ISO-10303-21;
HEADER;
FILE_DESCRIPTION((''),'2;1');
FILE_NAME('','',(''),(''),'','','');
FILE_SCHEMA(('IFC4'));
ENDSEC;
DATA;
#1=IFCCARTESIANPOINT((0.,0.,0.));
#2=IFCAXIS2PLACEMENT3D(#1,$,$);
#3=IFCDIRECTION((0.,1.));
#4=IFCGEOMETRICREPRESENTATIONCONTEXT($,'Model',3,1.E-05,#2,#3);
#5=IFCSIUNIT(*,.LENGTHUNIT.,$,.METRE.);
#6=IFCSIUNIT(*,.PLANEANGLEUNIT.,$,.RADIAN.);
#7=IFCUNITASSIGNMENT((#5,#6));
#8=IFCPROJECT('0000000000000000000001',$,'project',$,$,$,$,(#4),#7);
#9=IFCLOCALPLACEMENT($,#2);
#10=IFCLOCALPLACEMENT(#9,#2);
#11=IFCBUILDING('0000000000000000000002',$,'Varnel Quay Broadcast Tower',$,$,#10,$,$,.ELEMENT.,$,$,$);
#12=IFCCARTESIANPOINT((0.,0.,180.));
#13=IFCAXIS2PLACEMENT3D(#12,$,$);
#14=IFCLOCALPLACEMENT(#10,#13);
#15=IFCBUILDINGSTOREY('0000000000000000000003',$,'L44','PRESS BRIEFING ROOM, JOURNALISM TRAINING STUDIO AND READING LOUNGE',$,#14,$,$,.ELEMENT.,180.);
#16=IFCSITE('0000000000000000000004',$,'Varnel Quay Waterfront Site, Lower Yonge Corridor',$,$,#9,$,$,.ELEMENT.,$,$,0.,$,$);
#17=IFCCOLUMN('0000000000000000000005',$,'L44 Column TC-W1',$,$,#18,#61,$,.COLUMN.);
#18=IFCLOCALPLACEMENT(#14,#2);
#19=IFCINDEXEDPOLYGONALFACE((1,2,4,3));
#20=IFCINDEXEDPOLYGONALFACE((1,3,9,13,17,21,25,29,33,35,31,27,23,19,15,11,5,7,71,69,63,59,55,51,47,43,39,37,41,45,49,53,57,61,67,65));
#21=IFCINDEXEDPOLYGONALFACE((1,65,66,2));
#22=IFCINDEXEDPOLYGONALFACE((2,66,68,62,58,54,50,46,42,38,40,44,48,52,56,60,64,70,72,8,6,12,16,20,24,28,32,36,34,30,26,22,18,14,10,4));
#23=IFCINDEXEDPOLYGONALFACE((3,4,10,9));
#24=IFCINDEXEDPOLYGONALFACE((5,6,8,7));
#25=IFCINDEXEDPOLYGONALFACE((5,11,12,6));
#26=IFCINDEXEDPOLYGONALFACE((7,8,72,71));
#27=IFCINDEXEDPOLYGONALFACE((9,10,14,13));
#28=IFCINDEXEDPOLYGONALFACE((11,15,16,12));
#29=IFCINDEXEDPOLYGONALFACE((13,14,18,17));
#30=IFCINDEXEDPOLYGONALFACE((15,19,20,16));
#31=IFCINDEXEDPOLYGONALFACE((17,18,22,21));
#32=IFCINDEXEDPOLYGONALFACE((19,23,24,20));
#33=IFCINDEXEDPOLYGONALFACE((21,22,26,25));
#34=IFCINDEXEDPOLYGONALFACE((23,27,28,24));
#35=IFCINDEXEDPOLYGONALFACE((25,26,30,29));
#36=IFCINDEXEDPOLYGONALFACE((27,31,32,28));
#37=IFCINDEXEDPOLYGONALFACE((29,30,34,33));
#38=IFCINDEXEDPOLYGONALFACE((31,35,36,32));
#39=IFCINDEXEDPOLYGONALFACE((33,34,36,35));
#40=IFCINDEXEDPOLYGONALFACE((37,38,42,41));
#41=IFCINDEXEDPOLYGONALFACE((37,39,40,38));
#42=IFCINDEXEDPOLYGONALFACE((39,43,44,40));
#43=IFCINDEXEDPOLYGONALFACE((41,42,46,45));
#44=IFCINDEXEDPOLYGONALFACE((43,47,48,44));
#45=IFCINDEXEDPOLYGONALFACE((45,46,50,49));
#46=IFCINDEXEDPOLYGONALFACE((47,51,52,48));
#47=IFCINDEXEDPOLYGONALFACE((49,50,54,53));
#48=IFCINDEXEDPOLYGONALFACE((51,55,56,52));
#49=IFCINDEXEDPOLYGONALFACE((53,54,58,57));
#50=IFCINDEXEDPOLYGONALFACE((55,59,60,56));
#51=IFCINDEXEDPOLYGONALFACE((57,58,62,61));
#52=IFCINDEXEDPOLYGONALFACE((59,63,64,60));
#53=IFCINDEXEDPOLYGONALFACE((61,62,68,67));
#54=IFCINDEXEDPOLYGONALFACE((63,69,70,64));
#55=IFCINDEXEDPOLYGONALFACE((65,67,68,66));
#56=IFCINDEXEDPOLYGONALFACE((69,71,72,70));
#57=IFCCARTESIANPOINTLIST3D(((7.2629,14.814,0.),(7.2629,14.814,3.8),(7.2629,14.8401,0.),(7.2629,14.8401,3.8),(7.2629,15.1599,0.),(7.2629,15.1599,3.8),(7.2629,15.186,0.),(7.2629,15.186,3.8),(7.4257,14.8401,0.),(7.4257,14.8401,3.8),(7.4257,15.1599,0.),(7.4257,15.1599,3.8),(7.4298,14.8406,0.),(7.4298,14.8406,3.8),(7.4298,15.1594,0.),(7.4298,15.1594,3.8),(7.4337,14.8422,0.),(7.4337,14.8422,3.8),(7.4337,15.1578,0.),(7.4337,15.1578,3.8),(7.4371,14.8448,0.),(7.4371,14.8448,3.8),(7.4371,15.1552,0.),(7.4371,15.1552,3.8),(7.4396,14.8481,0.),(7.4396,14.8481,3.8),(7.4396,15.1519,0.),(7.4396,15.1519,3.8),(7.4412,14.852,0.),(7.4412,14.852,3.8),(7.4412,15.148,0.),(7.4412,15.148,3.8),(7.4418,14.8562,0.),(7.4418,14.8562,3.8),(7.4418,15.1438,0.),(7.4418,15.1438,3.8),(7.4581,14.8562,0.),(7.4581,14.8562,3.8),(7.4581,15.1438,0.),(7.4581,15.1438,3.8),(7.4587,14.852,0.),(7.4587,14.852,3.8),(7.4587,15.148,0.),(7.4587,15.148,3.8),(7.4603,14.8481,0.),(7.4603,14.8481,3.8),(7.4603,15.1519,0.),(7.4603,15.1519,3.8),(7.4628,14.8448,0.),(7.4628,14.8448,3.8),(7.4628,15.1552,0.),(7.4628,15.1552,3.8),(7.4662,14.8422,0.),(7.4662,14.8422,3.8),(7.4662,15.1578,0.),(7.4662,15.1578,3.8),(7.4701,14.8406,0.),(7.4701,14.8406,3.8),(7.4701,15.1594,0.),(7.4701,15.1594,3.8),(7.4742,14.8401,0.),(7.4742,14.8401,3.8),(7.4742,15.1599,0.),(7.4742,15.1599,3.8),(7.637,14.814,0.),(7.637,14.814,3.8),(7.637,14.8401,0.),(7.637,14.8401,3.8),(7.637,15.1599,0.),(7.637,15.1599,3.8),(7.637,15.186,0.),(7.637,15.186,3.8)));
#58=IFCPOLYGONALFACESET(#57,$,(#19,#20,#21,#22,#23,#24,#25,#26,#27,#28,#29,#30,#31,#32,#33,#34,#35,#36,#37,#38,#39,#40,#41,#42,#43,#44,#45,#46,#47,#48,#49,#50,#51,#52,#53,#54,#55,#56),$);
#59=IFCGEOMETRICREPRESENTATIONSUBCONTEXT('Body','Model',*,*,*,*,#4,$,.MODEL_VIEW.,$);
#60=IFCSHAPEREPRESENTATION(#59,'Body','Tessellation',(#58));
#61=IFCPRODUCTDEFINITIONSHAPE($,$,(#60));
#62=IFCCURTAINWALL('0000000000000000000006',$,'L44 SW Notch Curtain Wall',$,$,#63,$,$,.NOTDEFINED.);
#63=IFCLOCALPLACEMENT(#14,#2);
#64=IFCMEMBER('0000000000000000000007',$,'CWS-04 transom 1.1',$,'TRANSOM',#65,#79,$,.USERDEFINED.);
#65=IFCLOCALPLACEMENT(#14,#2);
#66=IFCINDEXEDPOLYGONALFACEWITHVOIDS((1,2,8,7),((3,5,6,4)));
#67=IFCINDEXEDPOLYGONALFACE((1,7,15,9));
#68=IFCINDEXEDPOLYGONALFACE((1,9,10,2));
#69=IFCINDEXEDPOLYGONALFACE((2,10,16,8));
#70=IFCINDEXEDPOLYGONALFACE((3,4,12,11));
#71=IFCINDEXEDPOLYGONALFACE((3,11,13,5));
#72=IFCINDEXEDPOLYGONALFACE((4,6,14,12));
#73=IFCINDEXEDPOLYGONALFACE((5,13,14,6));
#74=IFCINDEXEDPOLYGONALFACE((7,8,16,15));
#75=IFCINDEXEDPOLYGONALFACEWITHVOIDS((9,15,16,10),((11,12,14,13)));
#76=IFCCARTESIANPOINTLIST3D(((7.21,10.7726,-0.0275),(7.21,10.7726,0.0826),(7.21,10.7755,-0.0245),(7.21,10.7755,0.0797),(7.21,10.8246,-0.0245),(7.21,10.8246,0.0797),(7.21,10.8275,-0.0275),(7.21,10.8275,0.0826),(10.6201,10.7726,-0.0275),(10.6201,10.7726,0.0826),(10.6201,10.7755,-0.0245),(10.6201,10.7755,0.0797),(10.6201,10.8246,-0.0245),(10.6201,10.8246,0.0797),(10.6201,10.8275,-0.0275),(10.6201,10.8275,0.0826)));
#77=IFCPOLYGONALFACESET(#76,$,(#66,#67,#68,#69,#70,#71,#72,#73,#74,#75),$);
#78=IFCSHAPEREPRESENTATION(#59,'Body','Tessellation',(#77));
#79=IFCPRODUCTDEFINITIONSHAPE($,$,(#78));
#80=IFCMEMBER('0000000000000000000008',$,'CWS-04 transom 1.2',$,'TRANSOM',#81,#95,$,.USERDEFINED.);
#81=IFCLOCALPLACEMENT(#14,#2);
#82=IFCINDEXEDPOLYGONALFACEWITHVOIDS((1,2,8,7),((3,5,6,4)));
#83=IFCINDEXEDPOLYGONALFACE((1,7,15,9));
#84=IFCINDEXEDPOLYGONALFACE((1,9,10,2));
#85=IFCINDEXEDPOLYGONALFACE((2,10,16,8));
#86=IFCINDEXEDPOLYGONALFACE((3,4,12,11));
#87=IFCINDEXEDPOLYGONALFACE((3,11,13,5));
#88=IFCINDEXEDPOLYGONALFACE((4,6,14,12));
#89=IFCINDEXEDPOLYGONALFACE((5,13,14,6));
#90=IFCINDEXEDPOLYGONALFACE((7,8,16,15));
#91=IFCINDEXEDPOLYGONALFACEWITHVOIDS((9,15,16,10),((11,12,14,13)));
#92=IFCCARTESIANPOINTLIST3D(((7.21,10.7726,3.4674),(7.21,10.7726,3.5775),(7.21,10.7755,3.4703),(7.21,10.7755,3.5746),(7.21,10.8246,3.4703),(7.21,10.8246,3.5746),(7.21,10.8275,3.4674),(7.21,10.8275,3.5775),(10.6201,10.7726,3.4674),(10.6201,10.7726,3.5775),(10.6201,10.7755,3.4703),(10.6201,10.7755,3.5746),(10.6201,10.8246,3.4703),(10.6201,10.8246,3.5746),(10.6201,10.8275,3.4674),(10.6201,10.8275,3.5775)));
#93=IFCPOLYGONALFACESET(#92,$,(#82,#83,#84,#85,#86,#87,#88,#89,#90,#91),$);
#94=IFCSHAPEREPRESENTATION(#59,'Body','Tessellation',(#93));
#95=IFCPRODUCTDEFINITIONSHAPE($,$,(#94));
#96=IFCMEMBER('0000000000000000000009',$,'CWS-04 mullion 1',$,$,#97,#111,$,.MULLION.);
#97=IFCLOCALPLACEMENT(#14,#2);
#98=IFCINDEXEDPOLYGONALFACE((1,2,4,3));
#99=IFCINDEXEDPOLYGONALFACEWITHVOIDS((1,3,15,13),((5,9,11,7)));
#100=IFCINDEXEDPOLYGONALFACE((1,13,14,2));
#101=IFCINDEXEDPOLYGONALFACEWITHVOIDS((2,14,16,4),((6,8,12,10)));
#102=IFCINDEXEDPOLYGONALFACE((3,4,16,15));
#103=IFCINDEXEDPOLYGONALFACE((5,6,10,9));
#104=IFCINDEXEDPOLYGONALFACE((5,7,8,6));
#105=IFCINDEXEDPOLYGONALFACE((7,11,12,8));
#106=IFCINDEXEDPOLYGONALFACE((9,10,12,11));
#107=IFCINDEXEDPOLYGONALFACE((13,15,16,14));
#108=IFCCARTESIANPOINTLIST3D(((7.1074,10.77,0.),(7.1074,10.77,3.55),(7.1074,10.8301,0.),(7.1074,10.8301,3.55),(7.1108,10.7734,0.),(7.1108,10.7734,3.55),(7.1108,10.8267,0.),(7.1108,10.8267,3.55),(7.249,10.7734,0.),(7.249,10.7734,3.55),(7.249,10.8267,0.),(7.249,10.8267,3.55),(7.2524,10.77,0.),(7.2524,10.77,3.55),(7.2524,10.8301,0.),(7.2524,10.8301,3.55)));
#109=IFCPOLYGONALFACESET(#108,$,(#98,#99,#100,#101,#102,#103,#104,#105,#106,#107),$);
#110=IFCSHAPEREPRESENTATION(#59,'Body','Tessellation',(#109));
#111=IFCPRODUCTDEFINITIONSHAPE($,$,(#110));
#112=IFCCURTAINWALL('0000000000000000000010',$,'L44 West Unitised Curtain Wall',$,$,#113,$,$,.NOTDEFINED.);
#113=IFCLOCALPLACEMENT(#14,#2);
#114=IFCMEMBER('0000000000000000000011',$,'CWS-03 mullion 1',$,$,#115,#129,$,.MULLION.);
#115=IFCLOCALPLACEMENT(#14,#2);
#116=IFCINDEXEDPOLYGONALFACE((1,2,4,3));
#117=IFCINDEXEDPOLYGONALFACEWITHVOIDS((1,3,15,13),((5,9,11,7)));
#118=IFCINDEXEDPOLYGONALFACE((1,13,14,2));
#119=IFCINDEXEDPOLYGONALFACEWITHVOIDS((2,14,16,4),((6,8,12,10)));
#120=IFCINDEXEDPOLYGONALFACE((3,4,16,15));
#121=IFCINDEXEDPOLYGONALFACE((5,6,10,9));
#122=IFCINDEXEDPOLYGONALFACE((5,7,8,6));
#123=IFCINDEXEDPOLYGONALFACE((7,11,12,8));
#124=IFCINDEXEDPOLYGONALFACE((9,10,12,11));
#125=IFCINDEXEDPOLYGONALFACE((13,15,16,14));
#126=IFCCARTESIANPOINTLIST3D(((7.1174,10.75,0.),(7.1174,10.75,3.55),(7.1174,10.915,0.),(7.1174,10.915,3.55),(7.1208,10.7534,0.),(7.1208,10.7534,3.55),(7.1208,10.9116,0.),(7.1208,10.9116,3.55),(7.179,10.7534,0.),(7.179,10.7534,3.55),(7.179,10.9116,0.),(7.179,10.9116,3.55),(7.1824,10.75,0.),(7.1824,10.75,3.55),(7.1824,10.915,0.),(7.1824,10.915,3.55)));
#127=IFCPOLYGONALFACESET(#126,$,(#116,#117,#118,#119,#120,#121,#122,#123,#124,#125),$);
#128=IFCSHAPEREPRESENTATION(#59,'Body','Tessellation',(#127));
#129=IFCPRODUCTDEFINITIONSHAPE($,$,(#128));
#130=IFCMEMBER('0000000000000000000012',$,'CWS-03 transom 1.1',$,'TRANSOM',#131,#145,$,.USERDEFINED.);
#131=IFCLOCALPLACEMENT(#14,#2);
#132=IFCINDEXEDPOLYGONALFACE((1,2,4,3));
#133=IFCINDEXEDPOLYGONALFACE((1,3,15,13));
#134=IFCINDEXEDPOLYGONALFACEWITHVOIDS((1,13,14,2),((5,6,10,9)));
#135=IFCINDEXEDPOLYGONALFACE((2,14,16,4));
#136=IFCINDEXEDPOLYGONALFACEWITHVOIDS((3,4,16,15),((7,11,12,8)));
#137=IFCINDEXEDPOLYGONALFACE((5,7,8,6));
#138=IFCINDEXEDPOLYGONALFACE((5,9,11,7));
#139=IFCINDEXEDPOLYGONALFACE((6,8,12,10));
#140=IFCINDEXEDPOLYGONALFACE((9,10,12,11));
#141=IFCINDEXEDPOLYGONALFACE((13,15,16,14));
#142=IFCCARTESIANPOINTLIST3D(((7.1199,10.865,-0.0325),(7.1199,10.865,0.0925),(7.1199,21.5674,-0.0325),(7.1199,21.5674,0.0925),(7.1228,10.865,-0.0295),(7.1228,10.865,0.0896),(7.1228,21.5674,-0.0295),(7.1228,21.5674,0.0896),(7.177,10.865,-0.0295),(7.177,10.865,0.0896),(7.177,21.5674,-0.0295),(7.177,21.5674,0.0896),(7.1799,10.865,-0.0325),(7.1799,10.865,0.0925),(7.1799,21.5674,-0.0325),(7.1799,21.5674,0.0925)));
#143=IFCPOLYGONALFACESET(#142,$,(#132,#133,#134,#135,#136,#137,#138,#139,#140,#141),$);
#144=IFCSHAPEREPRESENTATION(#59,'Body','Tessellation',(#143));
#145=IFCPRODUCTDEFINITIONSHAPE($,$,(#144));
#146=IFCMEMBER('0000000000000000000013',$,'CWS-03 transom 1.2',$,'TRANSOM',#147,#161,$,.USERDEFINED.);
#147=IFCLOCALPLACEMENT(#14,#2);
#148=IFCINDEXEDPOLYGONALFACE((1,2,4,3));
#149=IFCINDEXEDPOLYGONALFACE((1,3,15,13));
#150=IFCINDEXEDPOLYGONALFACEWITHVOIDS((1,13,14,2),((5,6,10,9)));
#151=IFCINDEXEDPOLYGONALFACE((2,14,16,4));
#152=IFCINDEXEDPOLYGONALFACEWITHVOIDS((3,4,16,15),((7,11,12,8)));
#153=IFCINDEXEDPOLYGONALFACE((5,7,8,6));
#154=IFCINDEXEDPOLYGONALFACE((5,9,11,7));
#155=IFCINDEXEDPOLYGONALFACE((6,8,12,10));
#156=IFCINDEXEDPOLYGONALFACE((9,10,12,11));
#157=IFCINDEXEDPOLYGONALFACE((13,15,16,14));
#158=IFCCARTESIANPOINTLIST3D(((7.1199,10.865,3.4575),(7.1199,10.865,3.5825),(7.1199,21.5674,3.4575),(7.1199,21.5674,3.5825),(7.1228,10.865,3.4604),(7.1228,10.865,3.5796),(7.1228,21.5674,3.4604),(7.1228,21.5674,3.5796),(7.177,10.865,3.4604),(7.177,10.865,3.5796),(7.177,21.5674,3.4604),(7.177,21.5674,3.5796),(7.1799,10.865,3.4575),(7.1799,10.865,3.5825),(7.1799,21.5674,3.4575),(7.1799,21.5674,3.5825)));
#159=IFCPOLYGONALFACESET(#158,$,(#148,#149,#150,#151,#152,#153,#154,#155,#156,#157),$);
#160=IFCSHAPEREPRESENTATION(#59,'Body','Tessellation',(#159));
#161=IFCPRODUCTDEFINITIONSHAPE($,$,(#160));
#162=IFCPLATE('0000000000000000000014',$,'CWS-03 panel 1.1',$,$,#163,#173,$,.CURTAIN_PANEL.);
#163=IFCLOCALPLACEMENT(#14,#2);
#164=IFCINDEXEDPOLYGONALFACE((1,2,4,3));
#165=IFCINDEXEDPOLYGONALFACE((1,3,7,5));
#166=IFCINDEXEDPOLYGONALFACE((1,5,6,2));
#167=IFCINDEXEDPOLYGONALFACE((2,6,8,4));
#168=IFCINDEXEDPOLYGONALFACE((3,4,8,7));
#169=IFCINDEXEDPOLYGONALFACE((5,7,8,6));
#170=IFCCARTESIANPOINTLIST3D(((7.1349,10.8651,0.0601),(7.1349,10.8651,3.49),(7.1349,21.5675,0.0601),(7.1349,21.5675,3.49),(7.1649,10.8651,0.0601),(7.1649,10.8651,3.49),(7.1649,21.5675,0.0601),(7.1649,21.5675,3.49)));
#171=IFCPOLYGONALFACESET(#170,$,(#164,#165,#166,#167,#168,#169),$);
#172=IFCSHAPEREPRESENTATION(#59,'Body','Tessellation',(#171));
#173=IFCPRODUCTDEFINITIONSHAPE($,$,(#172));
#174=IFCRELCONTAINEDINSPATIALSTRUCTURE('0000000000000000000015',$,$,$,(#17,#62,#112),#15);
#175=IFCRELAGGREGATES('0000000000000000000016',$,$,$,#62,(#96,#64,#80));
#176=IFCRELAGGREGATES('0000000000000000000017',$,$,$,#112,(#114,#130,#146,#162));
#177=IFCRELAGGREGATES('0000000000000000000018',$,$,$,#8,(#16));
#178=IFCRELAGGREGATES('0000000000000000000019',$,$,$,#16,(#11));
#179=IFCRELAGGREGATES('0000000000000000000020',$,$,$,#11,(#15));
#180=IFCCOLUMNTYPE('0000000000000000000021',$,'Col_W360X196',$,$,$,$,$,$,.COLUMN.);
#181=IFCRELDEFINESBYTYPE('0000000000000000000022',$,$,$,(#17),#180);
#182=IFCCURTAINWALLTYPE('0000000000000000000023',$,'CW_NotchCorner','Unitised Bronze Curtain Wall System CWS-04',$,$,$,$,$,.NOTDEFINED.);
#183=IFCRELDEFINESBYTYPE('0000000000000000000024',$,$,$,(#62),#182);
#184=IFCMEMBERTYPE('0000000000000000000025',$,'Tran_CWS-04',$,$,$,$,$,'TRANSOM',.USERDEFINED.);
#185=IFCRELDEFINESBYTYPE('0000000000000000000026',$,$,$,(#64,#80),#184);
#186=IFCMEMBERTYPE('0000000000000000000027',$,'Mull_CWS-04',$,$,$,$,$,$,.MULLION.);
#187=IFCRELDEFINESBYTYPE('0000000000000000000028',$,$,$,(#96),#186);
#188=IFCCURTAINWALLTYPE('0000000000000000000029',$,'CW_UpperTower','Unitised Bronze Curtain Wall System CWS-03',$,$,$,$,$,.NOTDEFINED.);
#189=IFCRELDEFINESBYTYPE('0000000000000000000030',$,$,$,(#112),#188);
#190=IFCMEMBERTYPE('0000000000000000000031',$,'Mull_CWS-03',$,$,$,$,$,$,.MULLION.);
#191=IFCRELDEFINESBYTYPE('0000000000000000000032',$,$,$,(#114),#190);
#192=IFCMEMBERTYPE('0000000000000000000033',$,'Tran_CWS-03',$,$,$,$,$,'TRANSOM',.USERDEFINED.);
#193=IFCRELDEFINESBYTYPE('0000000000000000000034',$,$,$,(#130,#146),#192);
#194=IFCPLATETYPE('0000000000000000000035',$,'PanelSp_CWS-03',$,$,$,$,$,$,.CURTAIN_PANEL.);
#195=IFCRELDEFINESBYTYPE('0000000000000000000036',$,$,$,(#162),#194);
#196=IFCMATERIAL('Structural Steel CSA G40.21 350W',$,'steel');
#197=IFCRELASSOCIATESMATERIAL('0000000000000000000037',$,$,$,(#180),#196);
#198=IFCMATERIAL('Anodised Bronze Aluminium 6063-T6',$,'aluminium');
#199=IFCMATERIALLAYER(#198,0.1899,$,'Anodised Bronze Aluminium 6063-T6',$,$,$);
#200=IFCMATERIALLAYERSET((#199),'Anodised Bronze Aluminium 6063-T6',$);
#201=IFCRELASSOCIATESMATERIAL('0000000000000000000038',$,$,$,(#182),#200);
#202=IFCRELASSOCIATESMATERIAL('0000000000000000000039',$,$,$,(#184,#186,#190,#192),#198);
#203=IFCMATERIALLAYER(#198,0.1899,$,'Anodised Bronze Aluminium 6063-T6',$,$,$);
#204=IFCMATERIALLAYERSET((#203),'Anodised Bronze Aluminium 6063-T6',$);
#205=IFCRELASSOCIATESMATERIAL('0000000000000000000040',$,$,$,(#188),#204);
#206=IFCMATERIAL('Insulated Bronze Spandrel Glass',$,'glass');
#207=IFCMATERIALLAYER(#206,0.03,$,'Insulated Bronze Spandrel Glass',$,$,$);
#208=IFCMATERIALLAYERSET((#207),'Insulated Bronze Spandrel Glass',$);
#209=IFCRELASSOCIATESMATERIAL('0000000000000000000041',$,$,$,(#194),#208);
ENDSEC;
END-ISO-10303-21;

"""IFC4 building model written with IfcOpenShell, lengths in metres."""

from ifc_helpers import new_model, si_unit, direction, frame, origin, origin_2d, place, context, subcontext, project, spatial, rectangle, hollow_rectangle, i_section, extrude, source, transform, mapped, material, layer, layer_set, material_profile, profile_set, type_object, type_shapes, element, aggregate, save


model = new_model("IFC4")

# Units and contexts
model_context = context("Model", 3, precision=1e-05, world=origin(), true_north=direction((0.0, 1.0)))
body_context = subcontext(model_context, "Body", "Model", "MODEL_VIEW")
ifc_project = project(units=[si_unit("LENGTHUNIT", "METRE"), si_unit("PLANEANGLEUNIT", "RADIAN")], contexts=[model_context])

# Site, building, storey
site_placement = place(None, origin())
site = spatial("IfcSite", under=ifc_project, at=site_placement, Name="Varnel Quay Waterfront Site, Lower Yonge Corridor", CompositionType="ELEMENT", RefElevation=0.0)
building_placement = place(site_placement, origin())
building = spatial("IfcBuilding", under=site, at=building_placement, Name="Varnel Quay Broadcast Tower", CompositionType="ELEMENT")
storey_placement = place(building_placement, frame((0.0, 0.0, 180.0)))
storey = spatial("IfcBuildingStorey", under=building, at=storey_placement, Name="L44", Description="PRESS BRIEFING ROOM, JOURNALISM TRAINING STUDIO AND READING LOUNGE", CompositionType="ELEMENT", Elevation=180.0)

# Column
ifc_material_1 = material(Name="Structural Steel CSA G40.21 350W", Category="steel")
ifc_material_profile_1 = material_profile(ifc_material_1, i_section(OverallWidth=0.374, OverallDepth=0.3721, WebThickness=0.0164, FlangeThickness=0.0261, FilletRadius=0.0161, at=origin_2d()), Name="W360X196")
ifc_profile_set_1 = profile_set([ifc_material_profile_1], Name="Structural Steel CSA G40.21 350W")
column_type = type_object("IfcColumnType", Name="Col_W360X196", PredefinedType="COLUMN", material=ifc_profile_set_1)
shared_shape_1 = source(origin(), body_context, "Body", "SweptSolid", [
    extrude(i_section(OverallWidth=0.374, OverallDepth=0.3721, WebThickness=0.0164, FlangeThickness=0.0261, FilletRadius=0.0161, at=origin_2d()), origin(), (0.0, 0.0, 1.0), 3.8),
])
type_shapes(column_type, [shared_shape_1])
column_placement = place(storey_placement, frame((7.45, 15.0, 0.0), z_axis=(0.0, 0.0, 1.0), x_axis=(1.0, 0.0, 0.0)))
element("IfcColumn", 1, at=column_placement, inside=storey, type_object=column_type, Name="L44 Column TC-W1", PredefinedType="COLUMN", context=body_context, shape_type="MappedRepresentation", body=[
    mapped(shared_shape_1, transform((0.0, 0.0, 0.0), x_axis=(1.0, 0.0, 0.0), y_axis=(0.0, 1.0, 0.0), z_axis=(0.0, 0.0, 1.0), scale=1.0)),
])

# Curtain wall, members
ifc_material_2 = material(Name="Anodised Bronze Aluminium 6063-T6", Category="aluminium")
ifc_layer_1 = layer(ifc_material_2, 0.1899, Name="Anodised Bronze Aluminium 6063-T6")
ifc_layer_set_1 = layer_set([ifc_layer_1], Name="Anodised Bronze Aluminium 6063-T6")
curtain_wall_type_1 = type_object("IfcCurtainWallType", Name="CW_NotchCorner", Description="Unitised Bronze Curtain Wall System CWS-04", PredefinedType="NOTDEFINED", material=ifc_layer_set_1)
curtain_wall_1_placement = place(storey_placement, origin())
curtain_wall_1 = element("IfcCurtainWall", 2, at=curtain_wall_1_placement, inside=storey, type_object=curtain_wall_type_1, Name="L44 SW Notch Curtain Wall", PredefinedType="NOTDEFINED")
ifc_material_profile_2 = material_profile(ifc_material_2, hollow_rectangle(XDim=0.0549, YDim=0.1101, WallThickness=0.0029, at=origin_2d()), Name="ALU55X110X3")
ifc_profile_set_2 = profile_set([ifc_material_profile_2], Name="Anodised Bronze Aluminium 6063-T6")
member_type_1 = type_object("IfcMemberType", Name="Tran_CWS-04", ElementType="TRANSOM", PredefinedType="USERDEFINED", material=ifc_profile_set_2)
shared_shape_2 = source(origin(), body_context, "Body", "SweptSolid", [
    extrude(hollow_rectangle(XDim=0.0549, YDim=0.1101, WallThickness=0.0029, at=origin_2d()), origin(), (0.0, 0.0, 1.0), 3.4102),
])
type_shapes(member_type_1, [shared_shape_2])
member_1_placement = place(storey_placement, frame((7.21, 10.8, 0.0276), z_axis=(1.0, 0.0, 0.0), x_axis=(0.0, 1.0, 0.0)))
member_1 = element("IfcMember", 3, at=member_1_placement, type_object=member_type_1, Name="CWS-04 transom 1.1", ObjectType="TRANSOM", PredefinedType="USERDEFINED", context=body_context, shape_type="MappedRepresentation", body=[
    mapped(shared_shape_2, transform((0.0, 0.0, 0.0), x_axis=(1.0, 0.0, 0.0), y_axis=(0.0, 1.0, 0.0), z_axis=(0.0, 0.0, 1.0), scale=1.0)),
])
member_2_placement = place(storey_placement, frame((7.21, 10.8, 3.5225), z_axis=(1.0, 0.0, 0.0), x_axis=(0.0, 1.0, 0.0)))
member_2 = element("IfcMember", 4, at=member_2_placement, type_object=member_type_1, Name="CWS-04 transom 1.2", ObjectType="TRANSOM", PredefinedType="USERDEFINED", context=body_context, shape_type="MappedRepresentation", body=[
    mapped(shared_shape_2, transform((0.0, 0.0, 0.0), x_axis=(1.0, 0.0, 0.0), y_axis=(0.0, 1.0, 0.0), z_axis=(0.0, 0.0, 1.0), scale=1.0)),
])
ifc_material_profile_3 = material_profile(ifc_material_2, hollow_rectangle(XDim=0.0601, YDim=0.145, WallThickness=0.0034, at=origin_2d()), Name="ALU60X145X3.5")
ifc_profile_set_3 = profile_set([ifc_material_profile_3], Name="Anodised Bronze Aluminium 6063-T6")
member_type_2 = type_object("IfcMemberType", Name="Mull_CWS-04", PredefinedType="MULLION", material=ifc_profile_set_3)
shared_shape_3 = source(origin(), body_context, "Body", "SweptSolid", [
    extrude(hollow_rectangle(XDim=0.0601, YDim=0.145, WallThickness=0.0034, at=origin_2d()), origin(), (0.0, 0.0, 1.0), 3.55),
])
type_shapes(member_type_2, [shared_shape_3])
member_3_placement = place(storey_placement, frame((7.1799, 10.8, 0.0), z_axis=(0.0, 0.0, 1.0), x_axis=(0.0, 1.0, 0.0)))
member_3 = element("IfcMember", 5, at=member_3_placement, type_object=member_type_2, Name="CWS-04 mullion 1", PredefinedType="MULLION", context=body_context, shape_type="MappedRepresentation", body=[
    mapped(shared_shape_3, transform((0.0, 0.0, 0.0), x_axis=(1.0, 0.0, 0.0), y_axis=(0.0, 1.0, 0.0), z_axis=(0.0, 0.0, 1.0), scale=1.0)),
])
aggregate(curtain_wall_1, [member_3, member_1, member_2])

# Curtain wall, members, plate
ifc_layer_2 = layer(ifc_material_2, 0.1899, Name="Anodised Bronze Aluminium 6063-T6")
ifc_layer_set_2 = layer_set([ifc_layer_2], Name="Anodised Bronze Aluminium 6063-T6")
curtain_wall_type_2 = type_object("IfcCurtainWallType", Name="CW_UpperTower", Description="Unitised Bronze Curtain Wall System CWS-03", PredefinedType="NOTDEFINED", material=ifc_layer_set_2)
curtain_wall_2_placement = place(storey_placement, origin())
curtain_wall_2 = element("IfcCurtainWall", 6, at=curtain_wall_2_placement, inside=storey, type_object=curtain_wall_type_2, Name="L44 West Unitised Curtain Wall", PredefinedType="NOTDEFINED")
ifc_material_profile_4 = material_profile(ifc_material_2, hollow_rectangle(XDim=0.0649, YDim=0.165, WallThickness=0.0034, at=origin_2d()), Name="ALU65X165X3.5")
ifc_profile_set_4 = profile_set([ifc_material_profile_4], Name="Anodised Bronze Aluminium 6063-T6")
member_type_3 = type_object("IfcMemberType", Name="Mull_CWS-03", PredefinedType="MULLION", material=ifc_profile_set_4)
shared_shape_4 = source(origin(), body_context, "Body", "SweptSolid", [
    extrude(hollow_rectangle(XDim=0.0649, YDim=0.165, WallThickness=0.0034, at=origin_2d()), origin(), (0.0, 0.0, 1.0), 3.55),
])
type_shapes(member_type_3, [shared_shape_4])
member_4_placement = place(storey_placement, frame((7.1499, 10.8325, 0.0), z_axis=(0.0, 0.0, 1.0), x_axis=(-1.0, 0.0, 0.0)))
member_4 = element("IfcMember", 7, at=member_4_placement, type_object=member_type_3, Name="CWS-03 mullion 1", PredefinedType="MULLION", context=body_context, shape_type="MappedRepresentation", body=[
    mapped(shared_shape_4, transform((0.0, 0.0, 0.0), x_axis=(1.0, 0.0, 0.0), y_axis=(0.0, 1.0, 0.0), z_axis=(0.0, 0.0, 1.0), scale=1.0)),
])
ifc_material_profile_5 = material_profile(ifc_material_2, hollow_rectangle(XDim=0.0601, YDim=0.125, WallThickness=0.0029, at=origin_2d()), Name="ALU60X125X3")
ifc_profile_set_5 = profile_set([ifc_material_profile_5], Name="Anodised Bronze Aluminium 6063-T6")
member_type_4 = type_object("IfcMemberType", Name="Tran_CWS-03", ElementType="TRANSOM", PredefinedType="USERDEFINED", material=ifc_profile_set_5)
shared_shape_5 = source(origin(), body_context, "Body", "SweptSolid", [
    extrude(hollow_rectangle(XDim=0.0601, YDim=0.125, WallThickness=0.0029, at=origin_2d()), origin(), (0.0, 0.0, 1.0), 10.7024),
])
type_shapes(member_type_4, [shared_shape_5])
member_5_placement = place(storey_placement, frame((7.1499, 10.865, 0.03), z_axis=(0.0, 1.0, 0.0), x_axis=(-1.0, 0.0, 0.0)))
member_5 = element("IfcMember", 8, at=member_5_placement, type_object=member_type_4, Name="CWS-03 transom 1.1", ObjectType="TRANSOM", PredefinedType="USERDEFINED", context=body_context, shape_type="MappedRepresentation", body=[
    mapped(shared_shape_5, transform((0.0, 0.0, 0.0), x_axis=(1.0, 0.0, 0.0), y_axis=(0.0, 1.0, 0.0), z_axis=(0.0, 0.0, 1.0), scale=1.0)),
])
member_6_placement = place(storey_placement, frame((7.1499, 10.865, 3.52), z_axis=(0.0, 1.0, 0.0), x_axis=(-1.0, 0.0, 0.0)))
member_6 = element("IfcMember", 9, at=member_6_placement, type_object=member_type_4, Name="CWS-03 transom 1.2", ObjectType="TRANSOM", PredefinedType="USERDEFINED", context=body_context, shape_type="MappedRepresentation", body=[
    mapped(shared_shape_5, transform((0.0, 0.0, 0.0), x_axis=(1.0, 0.0, 0.0), y_axis=(0.0, 1.0, 0.0), z_axis=(0.0, 0.0, 1.0), scale=1.0)),
])
ifc_material_3 = material(Name="Insulated Bronze Spandrel Glass", Category="glass")
ifc_layer_3 = layer(ifc_material_3, 0.03, Name="Insulated Bronze Spandrel Glass")
ifc_layer_set_3 = layer_set([ifc_layer_3], Name="Insulated Bronze Spandrel Glass")
plate_type = type_object("IfcPlateType", Name="PanelSp_CWS-03", PredefinedType="CURTAIN_PANEL", material=ifc_layer_set_3)
shared_shape_6 = source(origin(), body_context, "Body", "SweptSolid", [
    extrude(rectangle(XDim=10.7024, YDim=0.03, at=origin_2d()), origin(), (0.0, 0.0, 1.0), 3.4299),
])
type_shapes(plate_type, [shared_shape_6])
plate_placement = place(storey_placement, frame((7.1499, 16.2163, 0.0601), z_axis=(0.0, 0.0, 1.0), x_axis=(0.0, 1.0, 0.0)))
plate = element("IfcPlate", 10, at=plate_placement, type_object=plate_type, Name="CWS-03 panel 1.1", PredefinedType="CURTAIN_PANEL", context=body_context, shape_type="MappedRepresentation", body=[
    mapped(shared_shape_6, transform((0.0, 0.0, 0.0), x_axis=(1.0, 0.0, 0.0), y_axis=(0.0, 1.0, 0.0), z_axis=(0.0, 0.0, 1.0), scale=1.0)),
])
aggregate(curtain_wall_2, [member_4, member_5, member_6, plate])

save(model, "model.ifc")
